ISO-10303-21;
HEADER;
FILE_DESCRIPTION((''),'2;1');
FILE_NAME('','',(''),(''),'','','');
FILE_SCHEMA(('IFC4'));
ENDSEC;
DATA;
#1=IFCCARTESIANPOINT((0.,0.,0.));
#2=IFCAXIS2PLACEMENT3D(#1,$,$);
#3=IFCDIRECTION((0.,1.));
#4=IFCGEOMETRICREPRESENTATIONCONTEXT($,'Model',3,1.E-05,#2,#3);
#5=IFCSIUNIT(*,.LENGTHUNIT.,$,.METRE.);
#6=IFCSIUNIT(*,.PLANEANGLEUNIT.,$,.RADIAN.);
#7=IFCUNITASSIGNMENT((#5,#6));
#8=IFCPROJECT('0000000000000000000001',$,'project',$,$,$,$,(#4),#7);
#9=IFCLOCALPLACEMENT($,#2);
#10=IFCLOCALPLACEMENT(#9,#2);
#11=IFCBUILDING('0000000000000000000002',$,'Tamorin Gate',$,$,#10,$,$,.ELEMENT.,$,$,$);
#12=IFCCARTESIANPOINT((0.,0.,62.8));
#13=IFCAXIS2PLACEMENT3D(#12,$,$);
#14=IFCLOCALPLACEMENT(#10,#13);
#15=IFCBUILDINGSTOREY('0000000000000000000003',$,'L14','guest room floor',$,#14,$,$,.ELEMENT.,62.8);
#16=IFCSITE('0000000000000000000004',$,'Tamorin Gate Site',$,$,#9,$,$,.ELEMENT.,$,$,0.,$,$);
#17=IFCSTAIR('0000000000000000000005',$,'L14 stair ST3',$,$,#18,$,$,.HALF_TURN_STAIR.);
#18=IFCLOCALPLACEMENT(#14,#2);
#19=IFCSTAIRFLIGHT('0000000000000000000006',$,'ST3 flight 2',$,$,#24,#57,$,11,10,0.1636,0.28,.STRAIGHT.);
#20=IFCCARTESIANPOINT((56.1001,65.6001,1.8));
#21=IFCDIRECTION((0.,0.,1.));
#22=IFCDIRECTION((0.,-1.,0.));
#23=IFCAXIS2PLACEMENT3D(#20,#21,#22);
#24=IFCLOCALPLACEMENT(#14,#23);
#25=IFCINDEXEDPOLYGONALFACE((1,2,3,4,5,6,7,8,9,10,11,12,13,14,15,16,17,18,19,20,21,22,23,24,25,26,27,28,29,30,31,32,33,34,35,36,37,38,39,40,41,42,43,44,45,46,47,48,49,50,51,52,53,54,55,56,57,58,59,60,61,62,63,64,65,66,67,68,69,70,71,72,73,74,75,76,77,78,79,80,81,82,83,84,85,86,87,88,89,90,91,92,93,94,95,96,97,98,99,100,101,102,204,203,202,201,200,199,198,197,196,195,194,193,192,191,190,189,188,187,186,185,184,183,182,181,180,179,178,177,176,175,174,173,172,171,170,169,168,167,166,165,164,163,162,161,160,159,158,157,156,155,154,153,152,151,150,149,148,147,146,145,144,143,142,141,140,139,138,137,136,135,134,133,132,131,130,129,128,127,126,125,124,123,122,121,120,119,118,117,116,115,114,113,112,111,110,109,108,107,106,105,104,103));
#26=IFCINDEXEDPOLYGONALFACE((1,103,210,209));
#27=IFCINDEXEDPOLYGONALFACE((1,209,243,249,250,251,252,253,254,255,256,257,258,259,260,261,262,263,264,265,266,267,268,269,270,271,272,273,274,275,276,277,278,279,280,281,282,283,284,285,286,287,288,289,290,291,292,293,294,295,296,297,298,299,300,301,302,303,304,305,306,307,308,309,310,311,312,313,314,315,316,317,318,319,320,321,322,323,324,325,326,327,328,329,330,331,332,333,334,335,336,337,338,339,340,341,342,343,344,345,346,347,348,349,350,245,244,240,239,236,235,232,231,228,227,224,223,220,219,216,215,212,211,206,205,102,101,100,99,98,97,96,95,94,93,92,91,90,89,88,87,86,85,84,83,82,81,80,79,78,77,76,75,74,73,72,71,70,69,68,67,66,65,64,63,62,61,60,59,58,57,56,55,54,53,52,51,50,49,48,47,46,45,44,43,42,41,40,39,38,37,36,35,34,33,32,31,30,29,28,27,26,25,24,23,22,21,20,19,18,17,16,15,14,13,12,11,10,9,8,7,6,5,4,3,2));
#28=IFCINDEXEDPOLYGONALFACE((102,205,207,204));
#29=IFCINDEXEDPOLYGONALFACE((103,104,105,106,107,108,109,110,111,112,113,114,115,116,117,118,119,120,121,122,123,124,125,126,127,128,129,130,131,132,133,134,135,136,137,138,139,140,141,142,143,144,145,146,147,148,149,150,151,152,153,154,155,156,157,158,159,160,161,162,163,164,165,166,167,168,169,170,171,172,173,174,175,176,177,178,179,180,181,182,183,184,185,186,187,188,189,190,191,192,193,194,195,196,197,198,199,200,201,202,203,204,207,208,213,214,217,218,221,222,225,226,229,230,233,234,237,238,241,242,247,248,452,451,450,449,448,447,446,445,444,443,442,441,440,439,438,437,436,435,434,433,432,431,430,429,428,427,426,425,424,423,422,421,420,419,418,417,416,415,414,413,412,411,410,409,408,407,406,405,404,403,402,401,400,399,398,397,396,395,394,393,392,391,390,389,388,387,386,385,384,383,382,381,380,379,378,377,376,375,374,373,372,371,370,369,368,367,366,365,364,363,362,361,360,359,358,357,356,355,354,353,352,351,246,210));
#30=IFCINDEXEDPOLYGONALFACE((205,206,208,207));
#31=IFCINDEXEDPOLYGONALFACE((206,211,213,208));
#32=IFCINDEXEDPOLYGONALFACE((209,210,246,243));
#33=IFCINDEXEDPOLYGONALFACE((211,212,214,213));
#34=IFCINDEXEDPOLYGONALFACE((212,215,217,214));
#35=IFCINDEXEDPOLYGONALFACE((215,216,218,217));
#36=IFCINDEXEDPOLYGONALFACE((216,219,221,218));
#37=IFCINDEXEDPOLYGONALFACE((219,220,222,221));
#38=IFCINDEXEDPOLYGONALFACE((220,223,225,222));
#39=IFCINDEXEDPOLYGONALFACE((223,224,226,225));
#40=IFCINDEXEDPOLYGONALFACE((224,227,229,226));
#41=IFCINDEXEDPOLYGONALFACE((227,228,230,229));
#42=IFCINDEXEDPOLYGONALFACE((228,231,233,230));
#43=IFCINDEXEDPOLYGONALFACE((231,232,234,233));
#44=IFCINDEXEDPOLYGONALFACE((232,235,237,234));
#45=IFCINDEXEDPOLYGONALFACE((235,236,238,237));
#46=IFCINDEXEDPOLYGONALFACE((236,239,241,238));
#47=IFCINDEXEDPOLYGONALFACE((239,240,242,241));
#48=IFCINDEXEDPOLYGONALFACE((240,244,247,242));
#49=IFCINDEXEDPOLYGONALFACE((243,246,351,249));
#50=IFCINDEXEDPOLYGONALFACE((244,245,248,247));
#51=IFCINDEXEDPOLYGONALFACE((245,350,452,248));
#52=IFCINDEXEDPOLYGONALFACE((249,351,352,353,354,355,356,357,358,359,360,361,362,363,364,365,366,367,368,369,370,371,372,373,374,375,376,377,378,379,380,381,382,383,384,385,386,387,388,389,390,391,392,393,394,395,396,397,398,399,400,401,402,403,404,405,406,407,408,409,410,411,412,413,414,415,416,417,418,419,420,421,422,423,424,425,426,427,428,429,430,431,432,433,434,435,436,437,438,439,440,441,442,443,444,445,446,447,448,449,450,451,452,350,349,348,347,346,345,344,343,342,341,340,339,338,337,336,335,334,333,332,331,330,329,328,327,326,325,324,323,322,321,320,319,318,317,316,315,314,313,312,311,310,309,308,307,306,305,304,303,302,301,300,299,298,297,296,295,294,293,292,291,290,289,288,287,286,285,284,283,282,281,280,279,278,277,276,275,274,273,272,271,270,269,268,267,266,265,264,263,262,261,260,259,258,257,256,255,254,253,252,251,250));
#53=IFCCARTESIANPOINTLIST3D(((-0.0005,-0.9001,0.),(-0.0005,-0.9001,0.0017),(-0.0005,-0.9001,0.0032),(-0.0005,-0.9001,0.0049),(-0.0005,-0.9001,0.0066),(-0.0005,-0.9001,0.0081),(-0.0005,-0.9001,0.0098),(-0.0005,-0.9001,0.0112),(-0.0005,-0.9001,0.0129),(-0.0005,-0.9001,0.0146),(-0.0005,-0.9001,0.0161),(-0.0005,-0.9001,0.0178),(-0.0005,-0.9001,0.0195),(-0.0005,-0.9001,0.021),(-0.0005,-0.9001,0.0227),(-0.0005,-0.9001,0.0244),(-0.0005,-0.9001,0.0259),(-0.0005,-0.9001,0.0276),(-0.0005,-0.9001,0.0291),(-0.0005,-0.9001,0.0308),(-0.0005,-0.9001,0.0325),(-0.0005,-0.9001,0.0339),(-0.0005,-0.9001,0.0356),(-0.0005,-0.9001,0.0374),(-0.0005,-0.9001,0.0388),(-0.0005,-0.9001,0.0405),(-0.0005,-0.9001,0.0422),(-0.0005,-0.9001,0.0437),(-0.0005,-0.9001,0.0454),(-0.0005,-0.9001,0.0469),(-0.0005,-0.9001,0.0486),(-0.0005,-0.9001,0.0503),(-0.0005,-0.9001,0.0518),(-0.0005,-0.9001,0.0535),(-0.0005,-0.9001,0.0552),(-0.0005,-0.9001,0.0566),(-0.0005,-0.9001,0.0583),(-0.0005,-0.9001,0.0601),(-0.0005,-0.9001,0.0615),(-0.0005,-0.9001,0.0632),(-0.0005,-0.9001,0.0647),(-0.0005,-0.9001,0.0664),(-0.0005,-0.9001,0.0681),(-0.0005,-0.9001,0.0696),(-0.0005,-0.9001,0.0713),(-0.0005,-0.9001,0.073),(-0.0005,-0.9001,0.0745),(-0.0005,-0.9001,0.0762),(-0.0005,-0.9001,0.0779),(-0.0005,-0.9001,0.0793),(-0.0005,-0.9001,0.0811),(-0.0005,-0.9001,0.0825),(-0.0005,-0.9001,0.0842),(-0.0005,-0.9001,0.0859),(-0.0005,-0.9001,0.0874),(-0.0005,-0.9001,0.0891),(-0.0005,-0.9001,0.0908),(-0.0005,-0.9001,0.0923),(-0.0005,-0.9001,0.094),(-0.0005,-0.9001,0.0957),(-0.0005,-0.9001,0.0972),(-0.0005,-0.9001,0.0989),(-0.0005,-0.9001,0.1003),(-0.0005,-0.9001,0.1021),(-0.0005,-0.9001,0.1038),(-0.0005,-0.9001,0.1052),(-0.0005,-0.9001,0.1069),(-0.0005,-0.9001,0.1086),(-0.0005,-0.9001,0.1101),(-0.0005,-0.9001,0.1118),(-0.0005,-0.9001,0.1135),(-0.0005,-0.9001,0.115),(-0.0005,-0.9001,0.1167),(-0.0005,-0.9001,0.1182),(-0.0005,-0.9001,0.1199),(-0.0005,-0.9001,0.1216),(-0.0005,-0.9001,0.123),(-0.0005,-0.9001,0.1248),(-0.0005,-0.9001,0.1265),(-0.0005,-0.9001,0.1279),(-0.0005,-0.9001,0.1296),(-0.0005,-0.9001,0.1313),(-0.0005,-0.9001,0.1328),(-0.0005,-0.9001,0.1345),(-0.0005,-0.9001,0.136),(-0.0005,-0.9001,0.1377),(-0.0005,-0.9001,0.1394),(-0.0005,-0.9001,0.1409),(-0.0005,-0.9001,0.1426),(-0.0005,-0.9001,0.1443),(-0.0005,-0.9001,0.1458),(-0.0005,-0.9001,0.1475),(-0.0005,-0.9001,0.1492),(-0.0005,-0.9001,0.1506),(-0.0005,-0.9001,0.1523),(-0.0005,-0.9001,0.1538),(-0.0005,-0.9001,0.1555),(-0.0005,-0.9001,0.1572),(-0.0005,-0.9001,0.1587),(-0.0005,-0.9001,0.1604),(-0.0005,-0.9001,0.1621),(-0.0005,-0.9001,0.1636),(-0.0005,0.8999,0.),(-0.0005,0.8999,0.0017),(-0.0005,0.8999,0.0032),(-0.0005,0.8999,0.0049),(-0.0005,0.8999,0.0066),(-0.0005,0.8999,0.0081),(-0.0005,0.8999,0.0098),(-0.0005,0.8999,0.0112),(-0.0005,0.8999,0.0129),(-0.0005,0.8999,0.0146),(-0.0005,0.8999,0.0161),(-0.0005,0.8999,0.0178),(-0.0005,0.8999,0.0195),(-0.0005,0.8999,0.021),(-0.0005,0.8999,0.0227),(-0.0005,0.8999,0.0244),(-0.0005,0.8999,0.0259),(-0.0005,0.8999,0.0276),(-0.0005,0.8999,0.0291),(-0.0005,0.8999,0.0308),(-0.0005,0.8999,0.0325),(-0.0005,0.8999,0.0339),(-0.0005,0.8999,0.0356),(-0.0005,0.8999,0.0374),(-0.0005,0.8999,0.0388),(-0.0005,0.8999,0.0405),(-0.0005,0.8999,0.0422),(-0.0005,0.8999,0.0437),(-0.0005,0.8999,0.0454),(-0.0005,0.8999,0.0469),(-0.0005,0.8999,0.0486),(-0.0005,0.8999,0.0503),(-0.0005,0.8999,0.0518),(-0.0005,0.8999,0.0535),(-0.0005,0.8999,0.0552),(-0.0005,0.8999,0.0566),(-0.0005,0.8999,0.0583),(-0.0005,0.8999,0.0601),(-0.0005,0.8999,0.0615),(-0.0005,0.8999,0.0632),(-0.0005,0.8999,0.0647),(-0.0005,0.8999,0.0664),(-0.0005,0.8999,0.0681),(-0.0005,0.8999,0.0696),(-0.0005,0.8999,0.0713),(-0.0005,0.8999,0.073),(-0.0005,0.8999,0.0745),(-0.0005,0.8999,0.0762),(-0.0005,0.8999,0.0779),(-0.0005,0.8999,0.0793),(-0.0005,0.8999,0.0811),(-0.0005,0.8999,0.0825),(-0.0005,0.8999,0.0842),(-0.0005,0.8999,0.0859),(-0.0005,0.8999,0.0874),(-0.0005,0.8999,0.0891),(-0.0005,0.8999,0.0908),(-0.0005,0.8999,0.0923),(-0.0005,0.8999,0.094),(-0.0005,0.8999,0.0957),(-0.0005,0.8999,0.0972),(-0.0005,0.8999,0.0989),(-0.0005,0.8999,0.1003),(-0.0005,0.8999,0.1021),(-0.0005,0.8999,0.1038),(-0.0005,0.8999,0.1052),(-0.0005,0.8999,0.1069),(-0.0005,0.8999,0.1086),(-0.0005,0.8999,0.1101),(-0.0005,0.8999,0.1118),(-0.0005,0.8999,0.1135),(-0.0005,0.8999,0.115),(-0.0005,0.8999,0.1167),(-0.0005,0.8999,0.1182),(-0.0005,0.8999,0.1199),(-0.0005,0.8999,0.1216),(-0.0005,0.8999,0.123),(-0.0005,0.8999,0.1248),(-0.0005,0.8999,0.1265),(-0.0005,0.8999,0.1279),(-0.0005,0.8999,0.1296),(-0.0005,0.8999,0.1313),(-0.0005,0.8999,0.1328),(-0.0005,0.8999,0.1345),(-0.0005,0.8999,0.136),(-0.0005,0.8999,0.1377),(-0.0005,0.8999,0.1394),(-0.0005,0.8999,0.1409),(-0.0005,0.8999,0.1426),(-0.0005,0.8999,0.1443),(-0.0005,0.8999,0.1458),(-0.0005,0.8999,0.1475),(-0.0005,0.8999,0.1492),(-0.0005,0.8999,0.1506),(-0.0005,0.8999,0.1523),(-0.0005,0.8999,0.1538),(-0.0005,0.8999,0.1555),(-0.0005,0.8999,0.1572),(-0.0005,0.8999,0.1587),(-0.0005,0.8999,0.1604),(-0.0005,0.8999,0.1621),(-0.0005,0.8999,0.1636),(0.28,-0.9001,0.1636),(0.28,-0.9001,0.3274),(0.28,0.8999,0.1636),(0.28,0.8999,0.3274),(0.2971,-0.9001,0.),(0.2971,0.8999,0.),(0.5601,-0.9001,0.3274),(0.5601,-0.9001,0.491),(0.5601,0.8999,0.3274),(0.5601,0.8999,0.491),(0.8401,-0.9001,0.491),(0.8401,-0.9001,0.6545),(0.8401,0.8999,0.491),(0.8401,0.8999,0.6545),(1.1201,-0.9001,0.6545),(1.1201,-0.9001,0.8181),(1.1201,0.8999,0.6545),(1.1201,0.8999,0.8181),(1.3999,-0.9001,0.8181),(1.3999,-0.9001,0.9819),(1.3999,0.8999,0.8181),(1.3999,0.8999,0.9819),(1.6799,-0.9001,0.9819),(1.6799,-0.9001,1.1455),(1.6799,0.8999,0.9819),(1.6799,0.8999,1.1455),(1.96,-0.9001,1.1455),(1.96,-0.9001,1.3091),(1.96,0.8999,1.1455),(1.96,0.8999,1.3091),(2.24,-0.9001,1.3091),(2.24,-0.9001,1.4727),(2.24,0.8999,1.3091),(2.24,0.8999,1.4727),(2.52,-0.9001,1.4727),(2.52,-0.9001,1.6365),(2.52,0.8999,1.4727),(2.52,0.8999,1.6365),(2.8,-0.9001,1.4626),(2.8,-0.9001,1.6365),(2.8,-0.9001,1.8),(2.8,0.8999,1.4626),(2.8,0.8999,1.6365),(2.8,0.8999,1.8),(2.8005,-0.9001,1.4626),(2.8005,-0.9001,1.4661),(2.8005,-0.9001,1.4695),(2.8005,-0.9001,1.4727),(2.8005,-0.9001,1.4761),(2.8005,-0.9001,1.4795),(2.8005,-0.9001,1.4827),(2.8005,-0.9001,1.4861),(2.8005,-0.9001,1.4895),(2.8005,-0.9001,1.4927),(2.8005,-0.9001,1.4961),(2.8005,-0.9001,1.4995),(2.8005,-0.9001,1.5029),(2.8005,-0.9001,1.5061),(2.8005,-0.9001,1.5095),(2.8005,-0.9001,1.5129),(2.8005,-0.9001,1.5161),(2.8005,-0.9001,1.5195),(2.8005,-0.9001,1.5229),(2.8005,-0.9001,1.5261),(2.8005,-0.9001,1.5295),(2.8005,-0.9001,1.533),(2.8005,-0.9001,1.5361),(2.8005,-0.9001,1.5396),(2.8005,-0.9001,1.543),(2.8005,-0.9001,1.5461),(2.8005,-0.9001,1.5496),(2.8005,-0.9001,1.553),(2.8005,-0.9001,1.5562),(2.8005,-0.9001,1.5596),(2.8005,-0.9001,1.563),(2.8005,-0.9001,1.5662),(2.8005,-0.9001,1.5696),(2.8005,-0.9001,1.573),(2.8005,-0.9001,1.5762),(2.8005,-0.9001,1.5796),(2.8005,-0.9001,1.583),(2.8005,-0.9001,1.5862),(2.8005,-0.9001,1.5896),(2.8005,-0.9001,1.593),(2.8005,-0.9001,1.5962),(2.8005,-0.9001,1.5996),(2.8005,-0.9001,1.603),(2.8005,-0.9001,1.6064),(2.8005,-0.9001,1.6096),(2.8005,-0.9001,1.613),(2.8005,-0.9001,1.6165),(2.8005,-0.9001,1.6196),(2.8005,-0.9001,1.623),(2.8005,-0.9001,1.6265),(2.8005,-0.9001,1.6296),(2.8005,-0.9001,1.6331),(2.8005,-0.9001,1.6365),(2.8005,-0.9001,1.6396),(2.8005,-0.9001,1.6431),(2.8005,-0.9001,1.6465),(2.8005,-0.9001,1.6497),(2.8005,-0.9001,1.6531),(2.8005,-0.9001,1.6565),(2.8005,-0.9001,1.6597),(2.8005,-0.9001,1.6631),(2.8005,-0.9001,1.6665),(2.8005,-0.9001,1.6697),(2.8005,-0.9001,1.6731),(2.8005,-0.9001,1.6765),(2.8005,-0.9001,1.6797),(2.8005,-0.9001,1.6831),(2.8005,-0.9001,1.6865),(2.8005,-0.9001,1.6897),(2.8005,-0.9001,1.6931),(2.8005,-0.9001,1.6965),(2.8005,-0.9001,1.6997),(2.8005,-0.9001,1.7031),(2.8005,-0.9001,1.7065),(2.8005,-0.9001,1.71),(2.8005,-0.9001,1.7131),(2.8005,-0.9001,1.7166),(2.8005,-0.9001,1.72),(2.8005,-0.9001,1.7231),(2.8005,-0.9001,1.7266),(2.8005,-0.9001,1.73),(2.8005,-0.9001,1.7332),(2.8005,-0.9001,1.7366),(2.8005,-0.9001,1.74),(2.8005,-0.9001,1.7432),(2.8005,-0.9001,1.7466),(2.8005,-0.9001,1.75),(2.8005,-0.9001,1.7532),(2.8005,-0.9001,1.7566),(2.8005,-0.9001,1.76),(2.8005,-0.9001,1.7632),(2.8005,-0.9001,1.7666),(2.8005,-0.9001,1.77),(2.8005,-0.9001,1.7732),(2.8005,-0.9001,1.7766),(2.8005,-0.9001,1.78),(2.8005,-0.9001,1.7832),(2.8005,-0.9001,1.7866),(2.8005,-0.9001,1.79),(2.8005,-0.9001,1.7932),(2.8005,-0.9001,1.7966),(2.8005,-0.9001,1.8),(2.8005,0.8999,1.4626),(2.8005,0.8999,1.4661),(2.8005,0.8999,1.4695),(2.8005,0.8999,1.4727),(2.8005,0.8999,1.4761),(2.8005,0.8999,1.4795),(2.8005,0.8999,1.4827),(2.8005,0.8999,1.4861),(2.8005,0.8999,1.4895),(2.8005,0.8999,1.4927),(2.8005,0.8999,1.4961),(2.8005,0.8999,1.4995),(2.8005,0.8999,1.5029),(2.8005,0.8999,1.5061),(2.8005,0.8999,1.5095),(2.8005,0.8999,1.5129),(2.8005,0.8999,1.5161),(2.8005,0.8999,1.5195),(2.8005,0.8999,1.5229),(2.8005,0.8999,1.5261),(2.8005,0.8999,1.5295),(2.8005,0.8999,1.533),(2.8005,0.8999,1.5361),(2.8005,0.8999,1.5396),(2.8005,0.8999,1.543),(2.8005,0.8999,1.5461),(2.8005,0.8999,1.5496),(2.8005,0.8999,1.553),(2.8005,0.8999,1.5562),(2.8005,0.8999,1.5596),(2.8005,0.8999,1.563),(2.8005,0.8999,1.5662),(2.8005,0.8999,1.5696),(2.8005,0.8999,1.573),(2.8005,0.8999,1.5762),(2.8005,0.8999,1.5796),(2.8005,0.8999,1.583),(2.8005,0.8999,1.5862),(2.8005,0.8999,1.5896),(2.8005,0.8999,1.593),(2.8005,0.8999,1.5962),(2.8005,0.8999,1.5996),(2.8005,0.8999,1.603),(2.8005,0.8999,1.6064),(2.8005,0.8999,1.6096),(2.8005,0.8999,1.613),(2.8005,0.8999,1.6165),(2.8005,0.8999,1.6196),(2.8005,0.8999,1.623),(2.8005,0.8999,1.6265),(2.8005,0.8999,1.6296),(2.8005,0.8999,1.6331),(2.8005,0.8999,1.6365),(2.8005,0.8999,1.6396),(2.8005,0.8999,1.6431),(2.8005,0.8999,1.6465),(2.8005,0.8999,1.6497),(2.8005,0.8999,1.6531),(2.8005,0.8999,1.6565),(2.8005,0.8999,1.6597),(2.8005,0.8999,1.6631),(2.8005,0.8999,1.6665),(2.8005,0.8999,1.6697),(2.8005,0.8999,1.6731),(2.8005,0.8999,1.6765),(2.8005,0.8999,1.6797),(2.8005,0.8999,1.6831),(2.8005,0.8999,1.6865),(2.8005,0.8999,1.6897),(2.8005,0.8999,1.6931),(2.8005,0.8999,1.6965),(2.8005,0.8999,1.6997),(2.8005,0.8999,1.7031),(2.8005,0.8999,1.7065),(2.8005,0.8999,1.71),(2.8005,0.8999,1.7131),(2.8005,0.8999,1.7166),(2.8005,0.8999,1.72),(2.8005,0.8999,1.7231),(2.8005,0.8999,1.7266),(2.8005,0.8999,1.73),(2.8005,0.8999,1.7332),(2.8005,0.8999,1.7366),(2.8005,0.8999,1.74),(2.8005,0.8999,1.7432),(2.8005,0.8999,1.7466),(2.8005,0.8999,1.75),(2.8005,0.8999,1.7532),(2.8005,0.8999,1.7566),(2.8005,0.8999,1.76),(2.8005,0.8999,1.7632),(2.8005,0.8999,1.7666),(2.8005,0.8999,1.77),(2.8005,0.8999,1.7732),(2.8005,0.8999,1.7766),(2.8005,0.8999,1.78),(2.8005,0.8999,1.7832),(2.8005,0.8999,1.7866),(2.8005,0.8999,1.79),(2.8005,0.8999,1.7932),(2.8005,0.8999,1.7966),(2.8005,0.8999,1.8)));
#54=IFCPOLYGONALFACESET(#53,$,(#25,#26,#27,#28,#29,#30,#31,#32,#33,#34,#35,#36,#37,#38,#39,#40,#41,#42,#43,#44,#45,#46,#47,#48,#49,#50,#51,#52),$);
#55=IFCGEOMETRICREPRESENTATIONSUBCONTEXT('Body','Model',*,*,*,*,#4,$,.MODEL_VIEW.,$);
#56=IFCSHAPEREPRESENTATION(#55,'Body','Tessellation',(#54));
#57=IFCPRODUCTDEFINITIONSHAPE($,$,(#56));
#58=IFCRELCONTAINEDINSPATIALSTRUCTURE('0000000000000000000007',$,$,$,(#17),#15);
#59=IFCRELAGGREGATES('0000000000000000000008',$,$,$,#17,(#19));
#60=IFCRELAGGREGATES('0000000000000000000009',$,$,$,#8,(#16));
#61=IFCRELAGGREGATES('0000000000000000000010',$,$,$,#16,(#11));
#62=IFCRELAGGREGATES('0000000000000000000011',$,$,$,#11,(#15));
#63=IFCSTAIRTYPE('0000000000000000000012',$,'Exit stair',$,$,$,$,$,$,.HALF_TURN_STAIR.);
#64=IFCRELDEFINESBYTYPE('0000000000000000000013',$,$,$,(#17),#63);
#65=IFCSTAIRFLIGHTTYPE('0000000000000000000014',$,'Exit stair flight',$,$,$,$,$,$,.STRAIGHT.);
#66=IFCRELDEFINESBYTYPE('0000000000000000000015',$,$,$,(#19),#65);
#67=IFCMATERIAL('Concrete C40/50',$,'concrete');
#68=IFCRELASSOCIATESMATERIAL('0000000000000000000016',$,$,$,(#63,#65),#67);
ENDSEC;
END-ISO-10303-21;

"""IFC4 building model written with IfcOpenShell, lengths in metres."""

from ifc_helpers import new_model, si_unit, direction, frame, origin, place, context, subcontext, project, spatial, polyline, outline, extrude, material, type_object, element, aggregate, save


model = new_model("IFC4")

# Units and contexts
model_context = context("Model", 3, precision=1e-05, world=origin(), true_north=direction((0.0, 1.0)))
body_context = subcontext(model_context, "Body", "Model", "MODEL_VIEW")
ifc_project = project(units=[si_unit("LENGTHUNIT", "METRE"), si_unit("PLANEANGLEUNIT", "RADIAN")], contexts=[model_context])

# Site, building, storey
site_placement = place(None, origin())
site = spatial("IfcSite", under=ifc_project, at=site_placement, Name="Tamorin Gate Site", CompositionType="ELEMENT", RefElevation=0.0)
building_placement = place(site_placement, origin())
building = spatial("IfcBuilding", under=site, at=building_placement, Name="Tamorin Gate", CompositionType="ELEMENT")
storey_placement = place(building_placement, frame((0.0, 0.0, 62.8)))
storey = spatial("IfcBuildingStorey", under=building, at=storey_placement, Name="L14", Description="guest room floor", CompositionType="ELEMENT", Elevation=62.8)

# Shared definitions
ifc_material_1 = material(Name="Concrete C40/50", Category="concrete")

# Stair, stair flight
stair_type = type_object("IfcStairType", Name="Exit stair", PredefinedType="HALF_TURN_STAIR", material=ifc_material_1)
stair_placement = place(storey_placement, origin())
stair = element("IfcStair", 1, at=stair_placement, inside=storey, type_object=stair_type, Name="L14 stair ST3", PredefinedType="HALF_TURN_STAIR")
stair_flight_type = type_object("IfcStairFlightType", Name="Exit stair flight", PredefinedType="STRAIGHT", material=ifc_material_1)
stair_flight_1_placement = place(storey_placement, frame((56.1001, 65.6001, 1.8), z_axis=(0.0, 0.0, 1.0), x_axis=(0.0, -1.0, 0.0)))
stair_flight_1 = element("IfcStairFlight", 2, at=stair_flight_1_placement, type_object=stair_flight_type, Name="ST3 flight 2", NumberOfRisers=11, NumberOfTreads=10, PredefinedType="STRAIGHT", RiserHeight=0.1636, TreadLength=0.28, context=body_context, shape_type="SweptSolid", body=[
    extrude(outline(polyline([(-0.0005, 0.0), (-0.0005, 0.0017), (-0.0005, 0.0032), (-0.0005, 0.0049), (-0.0005, 0.0066), (-0.0005, 0.0081), (-0.0005, 0.0098), (-0.0005, 0.0112), (-0.0005, 0.0129), (-0.0005, 0.0146), (-0.0005, 0.0161), (-0.0005, 0.0178), (-0.0005, 0.0195), (-0.0005, 0.021), (-0.0005, 0.0227), (-0.0005, 0.0244), (-0.0005, 0.0259), (-0.0005, 0.0276), (-0.0005, 0.0291), (-0.0005, 0.0308), (-0.0005, 0.0325), (-0.0005, 0.0339), (-0.0005, 0.0356), (-0.0005, 0.0374), (-0.0005, 0.0388), (-0.0005, 0.0405), (-0.0005, 0.0422), (-0.0005, 0.0437), (-0.0005, 0.0454), (-0.0005, 0.0469), (-0.0005, 0.0486), (-0.0005, 0.0503), (-0.0005, 0.0518), (-0.0005, 0.0535), (-0.0005, 0.0552), (-0.0005, 0.0566), (-0.0005, 0.0583), (-0.0005, 0.0601), (-0.0005, 0.0615), (-0.0005, 0.0632), (-0.0005, 0.0647), (-0.0005, 0.0664), (-0.0005, 0.0681), (-0.0005, 0.0696), (-0.0005, 0.0713), (-0.0005, 0.073), (-0.0005, 0.0745), (-0.0005, 0.0762), (-0.0005, 0.0779), (-0.0005, 0.0793), (-0.0005, 0.0811), (-0.0005, 0.0825), (-0.0005, 0.0842), (-0.0005, 0.0859), (-0.0005, 0.0874), (-0.0005, 0.0891), (-0.0005, 0.0908), (-0.0005, 0.0923), (-0.0005, 0.094), (-0.0005, 0.0957), (-0.0005, 0.0972), (-0.0005, 0.0989), (-0.0005, 0.1003), (-0.0005, 0.1021), (-0.0005, 0.1038), (-0.0005, 0.1052), (-0.0005, 0.1069), (-0.0005, 0.1086), (-0.0005, 0.1101), (-0.0005, 0.1118), (-0.0005, 0.1135), (-0.0005, 0.115), (-0.0005, 0.1167), (-0.0005, 0.1182), (-0.0005, 0.1199), (-0.0005, 0.1216), (-0.0005, 0.123), (-0.0005, 0.1248), (-0.0005, 0.1265), (-0.0005, 0.1279), (-0.0005, 0.1296), (-0.0005, 0.1313), (-0.0005, 0.1328), (-0.0005, 0.1345), (-0.0005, 0.136), (-0.0005, 0.1377), (-0.0005, 0.1394), (-0.0005, 0.1409), (-0.0005, 0.1426), (-0.0005, 0.1443), (-0.0005, 0.1458), (-0.0005, 0.1475), (-0.0005, 0.1492), (-0.0005, 0.1506), (-0.0005, 0.1523), (-0.0005, 0.1538), (-0.0005, 0.1555), (-0.0005, 0.1572), (-0.0005, 0.1587), (-0.0005, 0.1604), (-0.0005, 0.1621), (-0.0005, 0.1636), (0.28, 0.1636), (0.28, 0.3274), (0.5601, 0.3274), (0.5601, 0.491), (0.8401, 0.491), (0.8401, 0.6545), (1.1201, 0.6545), (1.1201, 0.8181), (1.3999, 0.8181), (1.3999, 0.9819), (1.6799, 0.9819), (1.6799, 1.1455), (1.96, 1.1455), (1.96, 1.3091), (2.24, 1.3091), (2.24, 1.4727), (2.52, 1.4727), (2.52, 1.6365), (2.8, 1.6365), (2.8, 1.8), (2.8005, 1.8), (2.8005, 1.7966), (2.8005, 1.7932), (2.8005, 1.79), (2.8005, 1.7866), (2.8005, 1.7832), (2.8005, 1.78), (2.8005, 1.7766), (2.8005, 1.7732), (2.8005, 1.77), (2.8005, 1.7666), (2.8005, 1.7632), (2.8005, 1.76), (2.8005, 1.7566), (2.8005, 1.7532), (2.8005, 1.75), (2.8005, 1.7466), (2.8005, 1.7432), (2.8005, 1.74), (2.8005, 1.7366), (2.8005, 1.7332), (2.8005, 1.73), (2.8005, 1.7266), (2.8005, 1.7231), (2.8005, 1.72), (2.8005, 1.7166), (2.8005, 1.7131), (2.8005, 1.71), (2.8005, 1.7065), (2.8005, 1.7031), (2.8005, 1.6997), (2.8005, 1.6965), (2.8005, 1.6931), (2.8005, 1.6897), (2.8005, 1.6865), (2.8005, 1.6831), (2.8005, 1.6797), (2.8005, 1.6765), (2.8005, 1.6731), (2.8005, 1.6697), (2.8005, 1.6665), (2.8005, 1.6631), (2.8005, 1.6597), (2.8005, 1.6565), (2.8005, 1.6531), (2.8005, 1.6497), (2.8005, 1.6465), (2.8005, 1.6431), (2.8005, 1.6396), (2.8005, 1.6365), (2.8005, 1.6331), (2.8005, 1.6296), (2.8005, 1.6265), (2.8005, 1.623), (2.8005, 1.6196), (2.8005, 1.6165), (2.8005, 1.613), (2.8005, 1.6096), (2.8005, 1.6064), (2.8005, 1.603), (2.8005, 1.5996), (2.8005, 1.5962), (2.8005, 1.593), (2.8005, 1.5896), (2.8005, 1.5862), (2.8005, 1.583), (2.8005, 1.5796), (2.8005, 1.5762), (2.8005, 1.573), (2.8005, 1.5696), (2.8005, 1.5662), (2.8005, 1.563), (2.8005, 1.5596), (2.8005, 1.5562), (2.8005, 1.553), (2.8005, 1.5496), (2.8005, 1.5461), (2.8005, 1.543), (2.8005, 1.5396), (2.8005, 1.5361), (2.8005, 1.533), (2.8005, 1.5295), (2.8005, 1.5261), (2.8005, 1.5229), (2.8005, 1.5195), (2.8005, 1.5161), (2.8005, 1.5129), (2.8005, 1.5095), (2.8005, 1.5061), (2.8005, 1.5029), (2.8005, 1.4995), (2.8005, 1.4961), (2.8005, 1.4927), (2.8005, 1.4895), (2.8005, 1.4861), (2.8005, 1.4827), (2.8005, 1.4795), (2.8005, 1.4761), (2.8005, 1.4727), (2.8005, 1.4695), (2.8005, 1.4661), (2.8005, 1.4626), (2.8, 1.4626), (0.2971, 0.0), (-0.0005, 0.0)])), frame((0.0, 0.8999, 0.0), z_axis=(0.0, -1.0, 0.0), x_axis=(1.0, 0.0, 0.0)), (0.0, 0.0, 1.0), 1.8),
])
aggregate(stair, [stair_flight_1])

save(model, "model.ifc")
